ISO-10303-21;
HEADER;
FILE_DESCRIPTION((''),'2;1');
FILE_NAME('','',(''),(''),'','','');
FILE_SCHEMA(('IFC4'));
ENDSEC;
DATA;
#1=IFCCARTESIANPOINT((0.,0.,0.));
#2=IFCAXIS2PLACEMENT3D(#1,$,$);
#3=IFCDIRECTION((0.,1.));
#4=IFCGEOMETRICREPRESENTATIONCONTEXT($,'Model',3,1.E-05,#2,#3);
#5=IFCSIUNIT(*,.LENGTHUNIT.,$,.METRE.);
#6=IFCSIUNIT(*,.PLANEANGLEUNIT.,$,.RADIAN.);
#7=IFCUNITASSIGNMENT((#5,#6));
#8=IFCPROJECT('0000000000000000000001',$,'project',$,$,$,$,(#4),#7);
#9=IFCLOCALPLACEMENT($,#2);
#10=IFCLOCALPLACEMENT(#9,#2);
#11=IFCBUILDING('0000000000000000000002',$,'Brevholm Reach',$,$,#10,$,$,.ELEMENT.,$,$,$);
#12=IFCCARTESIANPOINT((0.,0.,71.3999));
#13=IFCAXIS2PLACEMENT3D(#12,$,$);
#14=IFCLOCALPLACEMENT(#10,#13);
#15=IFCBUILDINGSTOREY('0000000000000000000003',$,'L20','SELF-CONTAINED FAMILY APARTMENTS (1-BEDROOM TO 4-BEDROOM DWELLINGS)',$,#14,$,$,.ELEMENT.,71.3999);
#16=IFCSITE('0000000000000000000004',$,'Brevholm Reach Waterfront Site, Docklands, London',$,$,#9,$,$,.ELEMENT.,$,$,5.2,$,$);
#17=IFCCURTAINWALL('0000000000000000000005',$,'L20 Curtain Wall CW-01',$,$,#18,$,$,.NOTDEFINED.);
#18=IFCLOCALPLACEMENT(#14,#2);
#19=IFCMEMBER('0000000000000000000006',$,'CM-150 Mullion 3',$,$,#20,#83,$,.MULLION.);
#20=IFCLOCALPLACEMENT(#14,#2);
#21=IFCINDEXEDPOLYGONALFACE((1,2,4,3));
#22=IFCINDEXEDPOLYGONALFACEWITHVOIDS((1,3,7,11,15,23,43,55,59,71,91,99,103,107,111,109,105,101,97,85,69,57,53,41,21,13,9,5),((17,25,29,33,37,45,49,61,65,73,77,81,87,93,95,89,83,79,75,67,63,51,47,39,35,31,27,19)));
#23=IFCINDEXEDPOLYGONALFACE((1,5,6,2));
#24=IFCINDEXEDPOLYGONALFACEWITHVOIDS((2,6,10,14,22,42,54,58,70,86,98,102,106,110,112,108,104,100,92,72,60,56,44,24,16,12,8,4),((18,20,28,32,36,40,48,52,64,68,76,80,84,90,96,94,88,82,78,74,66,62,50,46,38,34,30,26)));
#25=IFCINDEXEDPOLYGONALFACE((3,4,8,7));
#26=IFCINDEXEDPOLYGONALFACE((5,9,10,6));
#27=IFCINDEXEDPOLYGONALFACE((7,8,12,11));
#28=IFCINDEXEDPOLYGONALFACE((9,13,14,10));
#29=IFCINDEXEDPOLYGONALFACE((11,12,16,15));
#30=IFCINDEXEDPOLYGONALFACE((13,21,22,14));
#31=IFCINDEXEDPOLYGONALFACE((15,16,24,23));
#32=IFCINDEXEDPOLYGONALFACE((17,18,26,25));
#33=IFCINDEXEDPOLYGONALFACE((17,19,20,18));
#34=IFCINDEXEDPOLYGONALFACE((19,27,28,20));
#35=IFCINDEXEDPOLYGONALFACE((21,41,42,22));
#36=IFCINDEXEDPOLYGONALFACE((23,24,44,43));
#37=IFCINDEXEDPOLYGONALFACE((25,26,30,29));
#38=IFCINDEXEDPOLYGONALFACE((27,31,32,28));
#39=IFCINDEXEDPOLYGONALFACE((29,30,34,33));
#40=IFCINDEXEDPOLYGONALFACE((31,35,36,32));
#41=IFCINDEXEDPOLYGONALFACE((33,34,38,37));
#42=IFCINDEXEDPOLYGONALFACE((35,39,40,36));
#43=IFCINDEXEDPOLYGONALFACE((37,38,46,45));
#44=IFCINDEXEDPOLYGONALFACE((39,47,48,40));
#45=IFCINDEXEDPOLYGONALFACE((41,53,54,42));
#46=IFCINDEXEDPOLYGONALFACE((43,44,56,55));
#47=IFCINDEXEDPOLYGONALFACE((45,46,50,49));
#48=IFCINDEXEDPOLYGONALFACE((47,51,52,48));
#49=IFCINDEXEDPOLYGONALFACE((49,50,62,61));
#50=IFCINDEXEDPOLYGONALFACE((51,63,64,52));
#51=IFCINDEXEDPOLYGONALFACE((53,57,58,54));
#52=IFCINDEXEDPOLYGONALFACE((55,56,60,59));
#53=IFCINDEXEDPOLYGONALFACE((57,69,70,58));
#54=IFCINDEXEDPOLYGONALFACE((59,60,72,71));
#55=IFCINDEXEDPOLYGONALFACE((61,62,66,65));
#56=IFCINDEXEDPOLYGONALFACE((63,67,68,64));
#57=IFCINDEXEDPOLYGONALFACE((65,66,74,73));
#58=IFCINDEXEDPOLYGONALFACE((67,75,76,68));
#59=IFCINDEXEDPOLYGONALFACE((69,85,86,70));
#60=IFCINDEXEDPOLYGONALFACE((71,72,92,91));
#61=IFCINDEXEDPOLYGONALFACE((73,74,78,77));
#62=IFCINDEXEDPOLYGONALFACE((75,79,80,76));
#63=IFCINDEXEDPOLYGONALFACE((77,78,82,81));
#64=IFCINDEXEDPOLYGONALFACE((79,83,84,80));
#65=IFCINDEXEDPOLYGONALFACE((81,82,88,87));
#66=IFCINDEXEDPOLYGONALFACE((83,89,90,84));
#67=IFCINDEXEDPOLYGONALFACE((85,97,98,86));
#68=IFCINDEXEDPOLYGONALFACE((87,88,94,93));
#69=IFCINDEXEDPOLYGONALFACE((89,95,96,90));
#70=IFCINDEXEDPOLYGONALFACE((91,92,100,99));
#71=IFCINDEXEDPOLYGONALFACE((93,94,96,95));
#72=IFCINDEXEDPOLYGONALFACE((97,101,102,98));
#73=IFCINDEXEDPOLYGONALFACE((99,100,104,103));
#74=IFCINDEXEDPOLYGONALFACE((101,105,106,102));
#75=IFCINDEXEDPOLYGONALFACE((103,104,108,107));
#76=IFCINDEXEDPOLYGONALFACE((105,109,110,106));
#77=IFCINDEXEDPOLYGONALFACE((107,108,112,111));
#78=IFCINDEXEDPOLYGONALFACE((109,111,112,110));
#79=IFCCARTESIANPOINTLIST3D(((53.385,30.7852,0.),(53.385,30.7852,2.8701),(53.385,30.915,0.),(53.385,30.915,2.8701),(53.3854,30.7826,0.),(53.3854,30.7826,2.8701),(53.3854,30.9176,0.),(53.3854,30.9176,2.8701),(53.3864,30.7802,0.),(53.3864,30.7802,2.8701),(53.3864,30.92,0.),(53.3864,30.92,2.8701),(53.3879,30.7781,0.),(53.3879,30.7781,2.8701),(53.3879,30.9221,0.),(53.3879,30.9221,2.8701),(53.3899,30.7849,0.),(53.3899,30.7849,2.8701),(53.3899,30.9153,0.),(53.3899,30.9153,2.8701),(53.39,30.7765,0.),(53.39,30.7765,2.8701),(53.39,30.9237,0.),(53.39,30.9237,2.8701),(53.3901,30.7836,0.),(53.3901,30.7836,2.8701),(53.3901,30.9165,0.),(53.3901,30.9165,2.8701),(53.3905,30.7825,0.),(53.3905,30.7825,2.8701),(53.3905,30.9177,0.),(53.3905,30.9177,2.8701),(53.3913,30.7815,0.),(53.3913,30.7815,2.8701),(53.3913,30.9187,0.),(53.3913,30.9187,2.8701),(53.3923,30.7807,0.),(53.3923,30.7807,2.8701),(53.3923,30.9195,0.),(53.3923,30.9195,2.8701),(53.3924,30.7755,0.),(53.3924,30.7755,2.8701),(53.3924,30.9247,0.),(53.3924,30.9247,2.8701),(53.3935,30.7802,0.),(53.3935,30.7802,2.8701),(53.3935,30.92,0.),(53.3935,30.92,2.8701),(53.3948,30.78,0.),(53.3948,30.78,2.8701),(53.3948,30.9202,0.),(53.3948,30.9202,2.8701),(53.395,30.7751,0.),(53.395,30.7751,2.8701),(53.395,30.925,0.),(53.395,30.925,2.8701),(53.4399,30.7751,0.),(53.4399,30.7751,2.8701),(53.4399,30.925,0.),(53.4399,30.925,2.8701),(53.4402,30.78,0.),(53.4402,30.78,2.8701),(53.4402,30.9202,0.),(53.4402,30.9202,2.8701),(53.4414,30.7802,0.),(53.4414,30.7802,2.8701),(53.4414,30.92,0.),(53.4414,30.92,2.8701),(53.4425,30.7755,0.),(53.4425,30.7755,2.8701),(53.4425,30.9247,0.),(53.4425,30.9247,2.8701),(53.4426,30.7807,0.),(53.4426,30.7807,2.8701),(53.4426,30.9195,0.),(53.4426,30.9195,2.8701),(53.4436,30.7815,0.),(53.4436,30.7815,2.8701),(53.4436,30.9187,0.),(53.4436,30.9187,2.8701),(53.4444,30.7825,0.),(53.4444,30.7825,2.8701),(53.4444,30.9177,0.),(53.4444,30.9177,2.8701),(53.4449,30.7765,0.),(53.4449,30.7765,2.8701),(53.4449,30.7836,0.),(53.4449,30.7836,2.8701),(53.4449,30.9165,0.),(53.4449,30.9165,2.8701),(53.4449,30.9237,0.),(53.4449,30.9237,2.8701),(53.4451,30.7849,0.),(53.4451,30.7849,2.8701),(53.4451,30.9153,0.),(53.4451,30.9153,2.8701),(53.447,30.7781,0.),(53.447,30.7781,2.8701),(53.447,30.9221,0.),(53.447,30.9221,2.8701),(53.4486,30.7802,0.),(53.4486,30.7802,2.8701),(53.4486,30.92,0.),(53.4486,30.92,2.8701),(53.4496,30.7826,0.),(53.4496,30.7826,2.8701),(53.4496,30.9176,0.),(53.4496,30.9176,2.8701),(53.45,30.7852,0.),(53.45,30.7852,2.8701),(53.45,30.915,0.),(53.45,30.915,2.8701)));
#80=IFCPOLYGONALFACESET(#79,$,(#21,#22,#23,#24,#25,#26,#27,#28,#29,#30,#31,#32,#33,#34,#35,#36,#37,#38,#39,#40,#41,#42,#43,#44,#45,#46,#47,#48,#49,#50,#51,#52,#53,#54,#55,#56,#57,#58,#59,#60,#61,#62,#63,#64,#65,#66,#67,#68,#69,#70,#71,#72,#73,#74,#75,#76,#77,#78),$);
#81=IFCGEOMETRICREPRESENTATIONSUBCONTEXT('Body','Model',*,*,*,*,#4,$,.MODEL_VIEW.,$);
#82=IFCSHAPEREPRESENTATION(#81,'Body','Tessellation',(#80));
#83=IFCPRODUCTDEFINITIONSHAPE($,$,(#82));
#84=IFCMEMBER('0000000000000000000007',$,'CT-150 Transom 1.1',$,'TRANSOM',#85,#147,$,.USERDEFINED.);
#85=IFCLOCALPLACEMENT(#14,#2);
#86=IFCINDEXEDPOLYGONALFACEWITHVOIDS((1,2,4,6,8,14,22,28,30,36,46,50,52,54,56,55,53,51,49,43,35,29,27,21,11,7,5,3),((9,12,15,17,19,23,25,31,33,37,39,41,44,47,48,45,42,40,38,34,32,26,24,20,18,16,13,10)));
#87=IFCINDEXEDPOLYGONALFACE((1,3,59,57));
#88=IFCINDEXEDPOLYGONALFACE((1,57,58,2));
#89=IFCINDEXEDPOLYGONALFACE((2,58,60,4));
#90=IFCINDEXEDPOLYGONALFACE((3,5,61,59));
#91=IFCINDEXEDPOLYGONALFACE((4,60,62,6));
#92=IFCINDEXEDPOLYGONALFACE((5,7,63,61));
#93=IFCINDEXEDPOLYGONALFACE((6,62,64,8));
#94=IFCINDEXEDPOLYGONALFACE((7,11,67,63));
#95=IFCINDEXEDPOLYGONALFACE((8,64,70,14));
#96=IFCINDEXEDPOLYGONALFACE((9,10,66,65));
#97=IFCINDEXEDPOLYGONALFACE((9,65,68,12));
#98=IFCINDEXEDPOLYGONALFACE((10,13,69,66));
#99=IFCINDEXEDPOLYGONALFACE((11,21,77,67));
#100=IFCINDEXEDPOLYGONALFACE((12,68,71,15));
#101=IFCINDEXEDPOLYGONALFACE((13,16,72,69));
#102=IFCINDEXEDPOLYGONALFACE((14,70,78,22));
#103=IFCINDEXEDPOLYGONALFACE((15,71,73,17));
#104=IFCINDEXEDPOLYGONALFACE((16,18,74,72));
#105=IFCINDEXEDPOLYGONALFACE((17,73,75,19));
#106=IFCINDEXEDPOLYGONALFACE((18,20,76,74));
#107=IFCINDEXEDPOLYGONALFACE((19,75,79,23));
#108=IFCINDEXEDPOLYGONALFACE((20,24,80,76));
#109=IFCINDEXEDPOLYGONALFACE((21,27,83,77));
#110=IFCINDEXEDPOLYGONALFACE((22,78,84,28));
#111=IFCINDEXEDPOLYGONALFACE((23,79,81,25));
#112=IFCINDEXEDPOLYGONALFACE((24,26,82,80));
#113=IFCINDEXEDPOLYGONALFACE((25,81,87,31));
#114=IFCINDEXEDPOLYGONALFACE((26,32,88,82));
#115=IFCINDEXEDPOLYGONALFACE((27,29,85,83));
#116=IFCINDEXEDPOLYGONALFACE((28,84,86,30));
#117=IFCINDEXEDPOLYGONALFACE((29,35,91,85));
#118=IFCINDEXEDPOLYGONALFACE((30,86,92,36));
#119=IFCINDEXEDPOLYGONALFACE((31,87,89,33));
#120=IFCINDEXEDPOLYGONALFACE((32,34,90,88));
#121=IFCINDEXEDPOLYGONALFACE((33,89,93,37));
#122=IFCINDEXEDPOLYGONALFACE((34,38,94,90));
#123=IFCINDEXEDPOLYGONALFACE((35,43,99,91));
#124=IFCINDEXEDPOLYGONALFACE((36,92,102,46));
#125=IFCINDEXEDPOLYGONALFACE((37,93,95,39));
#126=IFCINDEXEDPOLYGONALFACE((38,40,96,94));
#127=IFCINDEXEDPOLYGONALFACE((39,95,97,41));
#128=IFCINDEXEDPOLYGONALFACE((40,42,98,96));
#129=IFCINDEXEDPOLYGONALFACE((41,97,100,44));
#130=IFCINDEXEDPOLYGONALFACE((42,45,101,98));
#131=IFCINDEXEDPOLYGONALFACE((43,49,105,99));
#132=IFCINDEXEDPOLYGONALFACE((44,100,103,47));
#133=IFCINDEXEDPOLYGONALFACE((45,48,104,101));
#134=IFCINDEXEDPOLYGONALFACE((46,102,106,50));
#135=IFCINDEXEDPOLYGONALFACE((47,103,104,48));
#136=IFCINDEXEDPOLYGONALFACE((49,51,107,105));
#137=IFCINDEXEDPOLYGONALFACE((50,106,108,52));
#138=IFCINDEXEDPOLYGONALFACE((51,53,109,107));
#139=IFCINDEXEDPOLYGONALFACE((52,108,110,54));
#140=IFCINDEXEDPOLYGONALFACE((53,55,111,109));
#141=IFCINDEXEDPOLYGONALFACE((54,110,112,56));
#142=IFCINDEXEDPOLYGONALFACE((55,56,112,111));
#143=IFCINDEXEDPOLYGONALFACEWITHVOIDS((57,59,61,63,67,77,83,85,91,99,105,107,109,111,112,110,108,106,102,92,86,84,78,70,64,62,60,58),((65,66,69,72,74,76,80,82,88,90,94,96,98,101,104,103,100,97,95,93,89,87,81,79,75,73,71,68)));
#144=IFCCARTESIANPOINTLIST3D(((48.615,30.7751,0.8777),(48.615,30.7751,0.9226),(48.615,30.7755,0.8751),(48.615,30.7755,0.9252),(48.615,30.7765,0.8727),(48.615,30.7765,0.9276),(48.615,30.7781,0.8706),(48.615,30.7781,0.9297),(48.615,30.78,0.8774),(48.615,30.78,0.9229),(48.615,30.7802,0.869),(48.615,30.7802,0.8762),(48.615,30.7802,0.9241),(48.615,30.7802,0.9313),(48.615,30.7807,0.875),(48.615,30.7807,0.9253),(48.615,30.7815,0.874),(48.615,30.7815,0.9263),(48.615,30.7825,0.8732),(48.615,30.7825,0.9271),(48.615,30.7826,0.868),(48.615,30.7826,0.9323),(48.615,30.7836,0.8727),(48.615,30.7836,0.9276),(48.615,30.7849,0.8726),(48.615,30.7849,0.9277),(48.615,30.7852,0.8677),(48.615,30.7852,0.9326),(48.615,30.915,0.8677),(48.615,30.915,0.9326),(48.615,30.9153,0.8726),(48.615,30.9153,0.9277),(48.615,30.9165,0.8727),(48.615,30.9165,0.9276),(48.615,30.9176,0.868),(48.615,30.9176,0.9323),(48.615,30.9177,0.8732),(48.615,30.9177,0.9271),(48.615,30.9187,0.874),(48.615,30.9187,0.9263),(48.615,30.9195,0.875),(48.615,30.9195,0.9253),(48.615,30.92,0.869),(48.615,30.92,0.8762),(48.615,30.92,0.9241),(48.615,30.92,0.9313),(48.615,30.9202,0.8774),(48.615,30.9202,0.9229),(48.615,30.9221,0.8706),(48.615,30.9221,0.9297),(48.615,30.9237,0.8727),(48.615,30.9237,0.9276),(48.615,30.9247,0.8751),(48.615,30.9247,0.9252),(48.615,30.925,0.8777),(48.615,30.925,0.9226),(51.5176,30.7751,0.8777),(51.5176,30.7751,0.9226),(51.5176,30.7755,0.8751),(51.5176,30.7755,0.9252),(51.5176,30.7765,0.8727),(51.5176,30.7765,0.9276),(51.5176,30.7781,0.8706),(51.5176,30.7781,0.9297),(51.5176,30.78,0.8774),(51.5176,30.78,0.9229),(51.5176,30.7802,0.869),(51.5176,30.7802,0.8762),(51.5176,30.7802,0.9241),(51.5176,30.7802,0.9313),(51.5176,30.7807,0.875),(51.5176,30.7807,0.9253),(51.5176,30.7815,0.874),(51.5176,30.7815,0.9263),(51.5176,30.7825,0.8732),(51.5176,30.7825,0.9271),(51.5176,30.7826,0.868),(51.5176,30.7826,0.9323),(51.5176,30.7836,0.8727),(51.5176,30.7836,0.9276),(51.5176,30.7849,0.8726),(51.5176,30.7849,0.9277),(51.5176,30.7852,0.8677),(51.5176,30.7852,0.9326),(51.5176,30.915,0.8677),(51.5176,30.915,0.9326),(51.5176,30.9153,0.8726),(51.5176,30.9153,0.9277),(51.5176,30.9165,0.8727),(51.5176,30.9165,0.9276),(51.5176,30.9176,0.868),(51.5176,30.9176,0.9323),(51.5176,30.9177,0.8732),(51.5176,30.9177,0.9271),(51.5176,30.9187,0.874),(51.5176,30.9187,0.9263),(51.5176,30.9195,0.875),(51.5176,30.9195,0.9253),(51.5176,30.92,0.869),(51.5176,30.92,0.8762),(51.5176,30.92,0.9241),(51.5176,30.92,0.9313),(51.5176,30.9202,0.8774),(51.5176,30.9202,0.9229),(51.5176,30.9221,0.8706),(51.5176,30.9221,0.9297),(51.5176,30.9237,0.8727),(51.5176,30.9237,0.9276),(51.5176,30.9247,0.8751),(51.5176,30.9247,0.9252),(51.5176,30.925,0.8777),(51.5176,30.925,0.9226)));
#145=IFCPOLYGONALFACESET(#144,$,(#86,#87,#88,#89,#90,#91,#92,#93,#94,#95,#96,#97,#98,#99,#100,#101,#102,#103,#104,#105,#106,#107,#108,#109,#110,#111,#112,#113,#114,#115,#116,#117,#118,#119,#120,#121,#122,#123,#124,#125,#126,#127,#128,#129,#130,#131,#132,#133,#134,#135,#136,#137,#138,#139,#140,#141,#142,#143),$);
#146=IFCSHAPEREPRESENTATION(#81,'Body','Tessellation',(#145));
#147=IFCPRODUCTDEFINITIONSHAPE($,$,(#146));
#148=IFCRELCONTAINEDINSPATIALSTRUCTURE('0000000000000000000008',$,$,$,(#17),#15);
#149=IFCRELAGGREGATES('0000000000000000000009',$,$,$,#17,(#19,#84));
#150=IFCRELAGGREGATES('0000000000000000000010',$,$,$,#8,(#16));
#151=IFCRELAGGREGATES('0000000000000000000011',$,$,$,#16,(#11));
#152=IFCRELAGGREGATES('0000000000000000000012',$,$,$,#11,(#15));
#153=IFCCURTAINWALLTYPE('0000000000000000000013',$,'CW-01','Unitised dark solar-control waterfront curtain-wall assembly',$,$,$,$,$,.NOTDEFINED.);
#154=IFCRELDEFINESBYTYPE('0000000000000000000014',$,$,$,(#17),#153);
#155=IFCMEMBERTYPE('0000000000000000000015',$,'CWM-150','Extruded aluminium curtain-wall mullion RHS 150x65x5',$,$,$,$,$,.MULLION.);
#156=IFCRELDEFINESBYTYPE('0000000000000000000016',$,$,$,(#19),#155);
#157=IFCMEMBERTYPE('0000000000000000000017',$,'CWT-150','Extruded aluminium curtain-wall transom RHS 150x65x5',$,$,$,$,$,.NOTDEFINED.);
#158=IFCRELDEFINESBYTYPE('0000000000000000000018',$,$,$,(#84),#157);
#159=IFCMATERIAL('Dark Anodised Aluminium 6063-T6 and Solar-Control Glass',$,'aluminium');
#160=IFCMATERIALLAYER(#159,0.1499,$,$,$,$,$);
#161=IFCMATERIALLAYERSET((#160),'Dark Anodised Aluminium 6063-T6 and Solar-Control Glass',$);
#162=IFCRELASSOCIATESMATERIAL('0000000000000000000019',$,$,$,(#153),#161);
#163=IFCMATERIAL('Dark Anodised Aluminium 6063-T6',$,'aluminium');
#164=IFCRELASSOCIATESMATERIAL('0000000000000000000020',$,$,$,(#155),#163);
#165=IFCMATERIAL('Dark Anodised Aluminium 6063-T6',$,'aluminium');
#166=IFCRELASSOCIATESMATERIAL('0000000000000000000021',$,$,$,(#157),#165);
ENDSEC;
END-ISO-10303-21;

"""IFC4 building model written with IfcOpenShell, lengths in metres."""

from ifc_helpers import new_model, si_unit, direction, frame, origin, origin_2d, place, context, subcontext, project, spatial, hollow_rectangle, extrude, material, layer, layer_set, material_profile, profile_set, type_object, element, aggregate, save


model = new_model("IFC4")

# Units and contexts
model_context = context("Model", 3, precision=1e-05, world=origin(), true_north=direction((0.0, 1.0)))
body_context = subcontext(model_context, "Body", "Model", "MODEL_VIEW")
ifc_project = project(units=[si_unit("LENGTHUNIT", "METRE"), si_unit("PLANEANGLEUNIT", "RADIAN")], contexts=[model_context])

# Site, building, storey
site_placement = place(None, origin())
site = spatial("IfcSite", under=ifc_project, at=site_placement, Name="Brevholm Reach Waterfront Site, Docklands, London", CompositionType="ELEMENT", RefElevation=5.2)
building_placement = place(site_placement, origin())
building = spatial("IfcBuilding", under=site, at=building_placement, Name="Brevholm Reach", CompositionType="ELEMENT")
storey_placement = place(building_placement, frame((0.0, 0.0, 71.3999)))
storey = spatial("IfcBuildingStorey", under=building, at=storey_placement, Name="L20", Description="SELF-CONTAINED FAMILY APARTMENTS (1-BEDROOM TO 4-BEDROOM DWELLINGS)", CompositionType="ELEMENT", Elevation=71.3999)

# Curtain wall, members
ifc_material_1 = material(Name="Dark Anodised Aluminium 6063-T6 and Solar-Control Glass", Category="aluminium")
ifc_layer_1 = layer(ifc_material_1, 0.1499)
ifc_layer_set_1 = layer_set([ifc_layer_1], Name="Dark Anodised Aluminium 6063-T6 and Solar-Control Glass")
curtain_wall_type = type_object("IfcCurtainWallType", Name="CW-01", Description="Unitised dark solar-control waterfront curtain-wall assembly", PredefinedType="NOTDEFINED", material=ifc_layer_set_1)
curtain_wall_placement = place(storey_placement, origin())
curtain_wall = element("IfcCurtainWall", 1, at=curtain_wall_placement, inside=storey, type_object=curtain_wall_type, Name="L20 Curtain Wall CW-01", PredefinedType="NOTDEFINED")
ifc_material_2 = material(Name="Dark Anodised Aluminium 6063-T6", Category="aluminium")
ifc_material_profile_1 = material_profile(ifc_material_2, hollow_rectangle(XDim=0.0649, YDim=0.1499, WallThickness=0.0049, InnerFilletRadius=0.0049, OuterFilletRadius=0.01, at=origin_2d()), Name="RHS 150x65x5")
ifc_profile_set_1 = profile_set([ifc_material_profile_1], Name="Dark Anodised Aluminium 6063-T6")
member_type_1 = type_object("IfcMemberType", Name="CWM-150", Description="Extruded aluminium curtain-wall mullion RHS 150x65x5", PredefinedType="MULLION", material=ifc_profile_set_1)
member_1_placement = place(storey_placement, frame((53.4175, 30.8501, 0.0), z_axis=(0.0, 0.0, 1.0), x_axis=(1.0, 0.0, 0.0)))
member_1 = element("IfcMember", 2, at=member_1_placement, type_object=member_type_1, Name="CM-150 Mullion 3", PredefinedType="MULLION", context=body_context, shape_type="SweptSolid", body=[
    extrude(hollow_rectangle(XDim=0.0649, YDim=0.1499, WallThickness=0.0049, InnerFilletRadius=0.0049, OuterFilletRadius=0.01, at=origin_2d()), origin(), (0.0, 0.0, 1.0), 2.8701),
])
ifc_material_3 = material(Name="Dark Anodised Aluminium 6063-T6", Category="aluminium")
ifc_material_profile_2 = material_profile(ifc_material_3, hollow_rectangle(XDim=0.0649, YDim=0.1499, WallThickness=0.0049, InnerFilletRadius=0.0049, OuterFilletRadius=0.01, at=origin_2d()), Name="RHS 150x65x5")
ifc_profile_set_2 = profile_set([ifc_material_profile_2], Name="Dark Anodised Aluminium 6063-T6")
member_type_2 = type_object("IfcMemberType", Name="CWT-150", Description="Extruded aluminium curtain-wall transom RHS 150x65x5", PredefinedType="NOTDEFINED", material=ifc_profile_set_2)
member_2_placement = place(storey_placement, frame((48.615, 30.8501, 0.9001), z_axis=(1.0, 0.0, 0.0), x_axis=(0.0, 0.0, 1.0)))
member_2 = element("IfcMember", 3, at=member_2_placement, type_object=member_type_2, Name="CT-150 Transom 1.1", ObjectType="TRANSOM", PredefinedType="USERDEFINED", context=body_context, shape_type="SweptSolid", body=[
    extrude(hollow_rectangle(XDim=0.0649, YDim=0.1499, WallThickness=0.0049, InnerFilletRadius=0.0049, OuterFilletRadius=0.01, at=origin_2d()), origin(), (0.0, 0.0, 1.0), 2.9026),
])
aggregate(curtain_wall, [member_1, member_2])

save(model, "model.ifc")
